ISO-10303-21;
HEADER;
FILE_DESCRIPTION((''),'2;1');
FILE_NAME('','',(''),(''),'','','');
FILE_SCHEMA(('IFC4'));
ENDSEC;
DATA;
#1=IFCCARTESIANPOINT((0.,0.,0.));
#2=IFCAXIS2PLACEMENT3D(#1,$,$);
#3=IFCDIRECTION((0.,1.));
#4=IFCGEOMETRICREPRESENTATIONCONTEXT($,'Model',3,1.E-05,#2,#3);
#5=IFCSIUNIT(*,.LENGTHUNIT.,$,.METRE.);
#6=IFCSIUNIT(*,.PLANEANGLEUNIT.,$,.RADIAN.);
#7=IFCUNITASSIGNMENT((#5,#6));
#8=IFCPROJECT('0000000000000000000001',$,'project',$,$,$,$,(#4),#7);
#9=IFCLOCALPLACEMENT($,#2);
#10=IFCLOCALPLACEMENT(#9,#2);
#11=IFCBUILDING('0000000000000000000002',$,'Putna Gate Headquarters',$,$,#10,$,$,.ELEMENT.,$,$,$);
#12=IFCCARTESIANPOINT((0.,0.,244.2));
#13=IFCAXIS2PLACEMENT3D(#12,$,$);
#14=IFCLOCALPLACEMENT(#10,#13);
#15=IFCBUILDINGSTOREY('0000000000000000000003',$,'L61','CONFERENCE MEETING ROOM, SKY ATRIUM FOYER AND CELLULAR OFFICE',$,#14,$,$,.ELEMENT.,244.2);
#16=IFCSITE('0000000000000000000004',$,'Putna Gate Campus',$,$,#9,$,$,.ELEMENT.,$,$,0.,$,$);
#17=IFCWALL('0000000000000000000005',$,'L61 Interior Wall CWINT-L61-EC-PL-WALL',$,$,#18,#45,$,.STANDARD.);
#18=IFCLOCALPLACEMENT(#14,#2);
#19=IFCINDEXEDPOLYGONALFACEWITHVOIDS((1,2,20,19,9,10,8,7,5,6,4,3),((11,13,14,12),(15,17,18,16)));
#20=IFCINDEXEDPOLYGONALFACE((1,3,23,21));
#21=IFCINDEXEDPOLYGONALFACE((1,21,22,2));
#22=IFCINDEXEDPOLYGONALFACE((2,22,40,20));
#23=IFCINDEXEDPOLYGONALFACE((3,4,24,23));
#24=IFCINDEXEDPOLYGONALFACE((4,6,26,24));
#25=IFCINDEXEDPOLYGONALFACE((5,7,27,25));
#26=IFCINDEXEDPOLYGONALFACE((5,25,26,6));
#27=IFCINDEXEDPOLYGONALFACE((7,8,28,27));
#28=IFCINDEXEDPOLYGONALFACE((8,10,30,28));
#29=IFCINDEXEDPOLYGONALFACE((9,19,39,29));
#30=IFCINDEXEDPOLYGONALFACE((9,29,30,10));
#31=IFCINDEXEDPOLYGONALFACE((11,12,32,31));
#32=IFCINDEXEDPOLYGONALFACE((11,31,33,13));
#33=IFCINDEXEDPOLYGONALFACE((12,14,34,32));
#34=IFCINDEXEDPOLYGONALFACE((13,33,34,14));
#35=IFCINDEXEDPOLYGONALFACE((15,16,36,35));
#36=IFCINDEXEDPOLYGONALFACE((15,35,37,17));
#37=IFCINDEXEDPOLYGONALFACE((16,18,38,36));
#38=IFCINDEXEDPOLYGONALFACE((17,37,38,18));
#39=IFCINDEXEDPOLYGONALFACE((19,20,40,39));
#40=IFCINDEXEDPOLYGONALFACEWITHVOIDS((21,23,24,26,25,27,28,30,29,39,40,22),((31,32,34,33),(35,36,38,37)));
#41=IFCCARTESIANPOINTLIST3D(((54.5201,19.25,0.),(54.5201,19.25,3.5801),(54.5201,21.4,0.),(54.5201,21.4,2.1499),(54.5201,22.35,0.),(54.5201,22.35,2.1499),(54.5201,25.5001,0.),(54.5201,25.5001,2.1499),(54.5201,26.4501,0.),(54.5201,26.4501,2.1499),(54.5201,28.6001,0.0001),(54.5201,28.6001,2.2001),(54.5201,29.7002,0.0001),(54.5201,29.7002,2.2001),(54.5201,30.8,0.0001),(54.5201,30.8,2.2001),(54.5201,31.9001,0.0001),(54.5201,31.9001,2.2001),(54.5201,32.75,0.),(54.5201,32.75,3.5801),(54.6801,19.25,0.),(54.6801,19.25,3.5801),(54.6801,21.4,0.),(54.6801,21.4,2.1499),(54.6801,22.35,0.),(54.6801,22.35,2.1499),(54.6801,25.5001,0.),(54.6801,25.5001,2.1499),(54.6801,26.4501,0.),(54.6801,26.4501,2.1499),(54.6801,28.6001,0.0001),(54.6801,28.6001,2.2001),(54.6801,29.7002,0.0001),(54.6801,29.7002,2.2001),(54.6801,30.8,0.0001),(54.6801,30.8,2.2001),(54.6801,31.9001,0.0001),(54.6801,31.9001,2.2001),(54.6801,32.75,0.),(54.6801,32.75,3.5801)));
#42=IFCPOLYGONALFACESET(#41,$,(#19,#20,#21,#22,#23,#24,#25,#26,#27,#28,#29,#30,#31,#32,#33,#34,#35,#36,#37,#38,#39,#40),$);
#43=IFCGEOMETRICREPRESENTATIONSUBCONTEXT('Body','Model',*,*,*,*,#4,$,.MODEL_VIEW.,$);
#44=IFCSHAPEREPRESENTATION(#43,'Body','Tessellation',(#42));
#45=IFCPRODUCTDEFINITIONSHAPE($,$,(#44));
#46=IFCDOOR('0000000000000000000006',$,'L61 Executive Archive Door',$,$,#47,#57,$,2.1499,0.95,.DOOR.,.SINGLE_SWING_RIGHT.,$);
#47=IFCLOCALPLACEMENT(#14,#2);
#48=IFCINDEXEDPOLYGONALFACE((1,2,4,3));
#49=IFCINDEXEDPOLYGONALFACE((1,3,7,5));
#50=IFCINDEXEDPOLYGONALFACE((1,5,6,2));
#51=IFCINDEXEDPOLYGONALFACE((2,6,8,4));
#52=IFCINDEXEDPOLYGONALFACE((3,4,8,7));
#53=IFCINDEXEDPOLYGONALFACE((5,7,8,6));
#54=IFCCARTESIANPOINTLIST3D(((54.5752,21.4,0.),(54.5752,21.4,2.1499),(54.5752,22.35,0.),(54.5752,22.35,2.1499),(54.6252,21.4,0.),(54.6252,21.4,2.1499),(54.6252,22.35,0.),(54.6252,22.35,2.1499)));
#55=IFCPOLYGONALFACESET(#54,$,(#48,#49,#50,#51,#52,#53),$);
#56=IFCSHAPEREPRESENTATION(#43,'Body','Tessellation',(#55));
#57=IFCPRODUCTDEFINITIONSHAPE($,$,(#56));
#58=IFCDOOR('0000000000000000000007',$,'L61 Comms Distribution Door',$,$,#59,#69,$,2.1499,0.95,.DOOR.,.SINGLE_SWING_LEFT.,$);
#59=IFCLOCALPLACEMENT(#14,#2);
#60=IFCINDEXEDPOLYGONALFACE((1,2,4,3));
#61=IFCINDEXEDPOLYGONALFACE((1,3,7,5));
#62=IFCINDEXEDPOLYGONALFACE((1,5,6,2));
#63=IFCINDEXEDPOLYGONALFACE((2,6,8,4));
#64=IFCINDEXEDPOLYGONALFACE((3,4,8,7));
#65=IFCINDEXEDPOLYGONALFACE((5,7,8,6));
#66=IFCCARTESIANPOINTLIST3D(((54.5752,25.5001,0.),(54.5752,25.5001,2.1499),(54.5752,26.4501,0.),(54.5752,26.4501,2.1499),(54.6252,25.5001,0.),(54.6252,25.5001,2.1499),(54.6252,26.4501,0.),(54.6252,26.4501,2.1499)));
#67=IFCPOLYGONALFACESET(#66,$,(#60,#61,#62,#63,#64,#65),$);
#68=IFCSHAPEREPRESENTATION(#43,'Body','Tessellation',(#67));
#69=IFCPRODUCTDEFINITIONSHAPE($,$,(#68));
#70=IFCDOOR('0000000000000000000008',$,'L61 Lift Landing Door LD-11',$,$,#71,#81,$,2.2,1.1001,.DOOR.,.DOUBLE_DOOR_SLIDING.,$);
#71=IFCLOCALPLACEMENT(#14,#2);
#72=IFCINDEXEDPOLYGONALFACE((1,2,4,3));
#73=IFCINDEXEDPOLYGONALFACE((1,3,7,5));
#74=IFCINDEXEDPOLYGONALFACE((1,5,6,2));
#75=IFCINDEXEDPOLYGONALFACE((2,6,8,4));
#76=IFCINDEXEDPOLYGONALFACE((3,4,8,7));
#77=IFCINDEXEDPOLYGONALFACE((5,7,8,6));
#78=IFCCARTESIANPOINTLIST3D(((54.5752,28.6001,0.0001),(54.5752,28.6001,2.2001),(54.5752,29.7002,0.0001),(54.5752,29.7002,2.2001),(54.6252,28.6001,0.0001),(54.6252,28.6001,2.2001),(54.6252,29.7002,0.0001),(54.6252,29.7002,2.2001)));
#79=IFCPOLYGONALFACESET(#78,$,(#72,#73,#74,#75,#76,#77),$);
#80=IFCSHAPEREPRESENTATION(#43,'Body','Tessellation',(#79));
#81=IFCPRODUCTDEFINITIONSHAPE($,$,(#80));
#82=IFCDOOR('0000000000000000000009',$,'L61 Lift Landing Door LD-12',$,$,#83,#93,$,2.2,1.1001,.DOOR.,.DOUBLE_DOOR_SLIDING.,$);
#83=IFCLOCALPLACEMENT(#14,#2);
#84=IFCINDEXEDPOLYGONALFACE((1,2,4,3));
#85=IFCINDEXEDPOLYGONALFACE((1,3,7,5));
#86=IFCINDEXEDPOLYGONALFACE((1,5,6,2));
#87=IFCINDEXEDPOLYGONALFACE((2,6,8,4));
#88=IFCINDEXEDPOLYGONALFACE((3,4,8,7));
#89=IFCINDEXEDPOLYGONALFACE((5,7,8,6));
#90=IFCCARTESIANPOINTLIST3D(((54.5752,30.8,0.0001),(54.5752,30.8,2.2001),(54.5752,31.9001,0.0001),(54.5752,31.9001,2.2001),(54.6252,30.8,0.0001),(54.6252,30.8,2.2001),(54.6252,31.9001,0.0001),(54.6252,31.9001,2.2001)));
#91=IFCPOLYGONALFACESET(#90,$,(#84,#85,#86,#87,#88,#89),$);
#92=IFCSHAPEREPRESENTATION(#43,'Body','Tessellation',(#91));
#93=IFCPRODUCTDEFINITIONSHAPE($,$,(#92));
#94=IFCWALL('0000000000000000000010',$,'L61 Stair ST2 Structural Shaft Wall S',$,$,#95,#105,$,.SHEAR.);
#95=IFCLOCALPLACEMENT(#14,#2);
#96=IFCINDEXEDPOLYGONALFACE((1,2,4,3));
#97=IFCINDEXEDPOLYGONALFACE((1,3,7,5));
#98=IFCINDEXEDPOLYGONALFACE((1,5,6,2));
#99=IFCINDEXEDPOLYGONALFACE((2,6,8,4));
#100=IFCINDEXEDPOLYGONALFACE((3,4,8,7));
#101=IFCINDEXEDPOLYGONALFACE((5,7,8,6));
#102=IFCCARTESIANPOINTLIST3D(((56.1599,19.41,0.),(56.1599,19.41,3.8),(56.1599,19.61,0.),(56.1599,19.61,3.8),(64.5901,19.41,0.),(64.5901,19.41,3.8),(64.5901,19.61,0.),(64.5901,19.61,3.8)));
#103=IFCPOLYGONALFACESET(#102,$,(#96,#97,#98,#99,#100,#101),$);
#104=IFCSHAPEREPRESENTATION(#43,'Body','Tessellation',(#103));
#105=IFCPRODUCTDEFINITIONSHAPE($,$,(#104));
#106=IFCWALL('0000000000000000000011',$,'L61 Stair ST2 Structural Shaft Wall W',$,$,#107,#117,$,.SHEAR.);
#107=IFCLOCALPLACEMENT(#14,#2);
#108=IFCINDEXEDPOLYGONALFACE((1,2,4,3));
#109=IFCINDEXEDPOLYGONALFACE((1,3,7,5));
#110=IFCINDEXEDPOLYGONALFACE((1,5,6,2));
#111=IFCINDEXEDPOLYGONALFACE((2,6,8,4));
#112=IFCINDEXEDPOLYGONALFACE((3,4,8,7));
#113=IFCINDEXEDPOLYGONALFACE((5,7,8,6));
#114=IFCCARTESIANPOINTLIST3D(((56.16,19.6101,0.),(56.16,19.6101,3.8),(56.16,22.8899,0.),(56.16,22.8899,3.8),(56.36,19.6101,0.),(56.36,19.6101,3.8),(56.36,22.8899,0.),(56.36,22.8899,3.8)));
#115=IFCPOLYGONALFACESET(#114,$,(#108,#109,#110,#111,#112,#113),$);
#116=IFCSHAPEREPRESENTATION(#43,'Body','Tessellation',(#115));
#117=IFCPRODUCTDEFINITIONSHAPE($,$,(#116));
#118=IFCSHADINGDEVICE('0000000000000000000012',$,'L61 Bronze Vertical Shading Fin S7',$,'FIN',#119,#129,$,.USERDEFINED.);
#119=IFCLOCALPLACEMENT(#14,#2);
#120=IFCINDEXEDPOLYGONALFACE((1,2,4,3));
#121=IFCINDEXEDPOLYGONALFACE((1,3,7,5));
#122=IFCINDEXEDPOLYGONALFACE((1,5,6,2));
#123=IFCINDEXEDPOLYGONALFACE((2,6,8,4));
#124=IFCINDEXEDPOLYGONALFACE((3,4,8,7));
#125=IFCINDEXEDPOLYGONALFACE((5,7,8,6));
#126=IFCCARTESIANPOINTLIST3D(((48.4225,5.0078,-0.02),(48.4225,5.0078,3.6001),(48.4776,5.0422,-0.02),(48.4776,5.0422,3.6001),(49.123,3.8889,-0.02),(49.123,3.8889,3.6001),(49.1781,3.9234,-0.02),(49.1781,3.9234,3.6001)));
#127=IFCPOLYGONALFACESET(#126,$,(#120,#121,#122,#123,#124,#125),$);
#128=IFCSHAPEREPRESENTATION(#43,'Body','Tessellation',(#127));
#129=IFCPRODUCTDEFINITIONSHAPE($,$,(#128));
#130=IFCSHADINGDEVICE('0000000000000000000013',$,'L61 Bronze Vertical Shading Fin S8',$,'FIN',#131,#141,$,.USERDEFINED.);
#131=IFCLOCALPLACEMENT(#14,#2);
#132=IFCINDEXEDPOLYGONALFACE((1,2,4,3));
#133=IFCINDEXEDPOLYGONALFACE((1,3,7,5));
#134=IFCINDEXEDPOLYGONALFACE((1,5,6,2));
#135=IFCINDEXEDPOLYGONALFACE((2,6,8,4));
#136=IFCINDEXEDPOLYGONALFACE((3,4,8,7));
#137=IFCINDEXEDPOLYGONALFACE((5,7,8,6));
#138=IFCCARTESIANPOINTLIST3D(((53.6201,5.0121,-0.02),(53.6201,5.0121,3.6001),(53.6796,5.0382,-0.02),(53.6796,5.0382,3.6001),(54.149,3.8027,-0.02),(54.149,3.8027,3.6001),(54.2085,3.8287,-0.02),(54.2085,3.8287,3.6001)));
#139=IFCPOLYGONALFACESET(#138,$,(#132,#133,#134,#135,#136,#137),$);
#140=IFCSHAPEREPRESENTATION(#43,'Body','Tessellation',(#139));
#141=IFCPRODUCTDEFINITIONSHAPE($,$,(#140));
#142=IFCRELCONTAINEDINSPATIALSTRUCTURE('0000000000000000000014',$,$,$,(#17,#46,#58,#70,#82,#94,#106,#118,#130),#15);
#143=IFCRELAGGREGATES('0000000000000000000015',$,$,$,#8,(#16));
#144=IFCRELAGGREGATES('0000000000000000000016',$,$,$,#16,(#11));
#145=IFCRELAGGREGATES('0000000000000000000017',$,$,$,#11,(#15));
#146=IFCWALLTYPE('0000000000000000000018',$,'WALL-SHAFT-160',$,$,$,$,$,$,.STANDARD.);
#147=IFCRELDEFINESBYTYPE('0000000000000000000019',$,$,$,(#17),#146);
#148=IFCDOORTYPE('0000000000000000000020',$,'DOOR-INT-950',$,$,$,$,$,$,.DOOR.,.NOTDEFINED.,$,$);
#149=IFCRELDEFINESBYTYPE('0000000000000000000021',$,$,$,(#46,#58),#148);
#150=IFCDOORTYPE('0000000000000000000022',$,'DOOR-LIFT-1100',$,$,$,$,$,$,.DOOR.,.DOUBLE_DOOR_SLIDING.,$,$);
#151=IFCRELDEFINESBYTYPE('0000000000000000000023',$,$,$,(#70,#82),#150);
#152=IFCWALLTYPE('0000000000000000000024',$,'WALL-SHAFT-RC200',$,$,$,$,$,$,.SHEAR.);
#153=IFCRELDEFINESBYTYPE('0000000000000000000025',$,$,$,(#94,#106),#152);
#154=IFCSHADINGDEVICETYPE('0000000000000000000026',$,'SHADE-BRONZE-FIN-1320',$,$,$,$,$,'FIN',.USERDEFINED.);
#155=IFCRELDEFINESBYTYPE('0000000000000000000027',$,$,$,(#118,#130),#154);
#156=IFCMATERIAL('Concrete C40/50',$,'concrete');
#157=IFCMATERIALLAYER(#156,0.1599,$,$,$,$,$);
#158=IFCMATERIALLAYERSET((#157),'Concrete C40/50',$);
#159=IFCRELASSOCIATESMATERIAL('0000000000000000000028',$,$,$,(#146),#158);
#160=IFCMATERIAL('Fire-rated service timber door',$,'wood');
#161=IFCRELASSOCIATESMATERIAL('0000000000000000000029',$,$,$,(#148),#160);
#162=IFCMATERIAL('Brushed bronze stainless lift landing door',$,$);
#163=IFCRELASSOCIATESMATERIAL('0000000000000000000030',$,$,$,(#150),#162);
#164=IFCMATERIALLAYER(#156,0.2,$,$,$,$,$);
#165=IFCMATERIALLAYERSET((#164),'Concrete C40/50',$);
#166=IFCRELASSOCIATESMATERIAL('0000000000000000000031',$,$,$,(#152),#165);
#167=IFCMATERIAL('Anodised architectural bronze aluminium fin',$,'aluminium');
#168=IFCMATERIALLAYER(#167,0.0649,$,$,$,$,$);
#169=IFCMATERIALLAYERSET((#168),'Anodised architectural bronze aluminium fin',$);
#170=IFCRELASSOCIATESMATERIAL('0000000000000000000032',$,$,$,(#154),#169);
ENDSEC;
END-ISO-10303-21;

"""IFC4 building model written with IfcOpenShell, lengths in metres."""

from ifc_helpers import new_model, si_unit, direction, frame, frame_2d, origin, origin_2d, place, context, subcontext, project, spatial, rectangle, extrude, material, layer, layer_set, type_object, element, fill, save


model = new_model("IFC4")

# Units and contexts
model_context = context("Model", 3, precision=1e-05, world=origin(), true_north=direction((0.0, 1.0)))
body_context = subcontext(model_context, "Body", "Model", "MODEL_VIEW")
ifc_project = project(units=[si_unit("LENGTHUNIT", "METRE"), si_unit("PLANEANGLEUNIT", "RADIAN")], contexts=[model_context])

# Site, building, storey
site_placement = place(None, origin())
site = spatial("IfcSite", under=ifc_project, at=site_placement, Name="Putna Gate Campus", CompositionType="ELEMENT", RefElevation=0.0)
building_placement = place(site_placement, origin())
building = spatial("IfcBuilding", under=site, at=building_placement, Name="Putna Gate Headquarters", CompositionType="ELEMENT")
storey_placement = place(building_placement, frame((0.0, 0.0, 244.2)))
storey = spatial("IfcBuildingStorey", under=building, at=storey_placement, Name="L61", Description="CONFERENCE MEETING ROOM, SKY ATRIUM FOYER AND CELLULAR OFFICE", CompositionType="ELEMENT", Elevation=244.2)

# Wall, openings, doors
ifc_material_1 = material(Name="Concrete C40/50", Category="concrete")
ifc_layer_1 = layer(ifc_material_1, 0.1599)
ifc_layer_set_1 = layer_set([ifc_layer_1], Name="Concrete C40/50")
wall_type_1 = type_object("IfcWallType", Name="WALL-SHAFT-160", PredefinedType="STANDARD", material=ifc_layer_set_1)
wall_1_placement = place(storey_placement, frame((54.6001, 19.25, 0.0), z_axis=(0.0, 0.0, 1.0), x_axis=(0.0, 1.0, 0.0)))
wall_1 = element("IfcWall", 1, at=wall_1_placement, inside=storey, type_object=wall_type_1, Name="L61 Interior Wall CWINT-L61-EC-PL-WALL", PredefinedType="STANDARD", context=body_context, shape_type="SweptSolid", body=[
    extrude(rectangle(XDim=13.5, YDim=0.1599, at=frame_2d((6.75, 0.0))), origin(), (0.0, 0.0, 1.0), 3.5801),
])
opening_1_placement = place(wall_1_placement, frame((2.1499, 0.0, 0.0)))
opening_1 = element("IfcOpeningElement", 2, at=opening_1_placement, cuts=wall_1, PredefinedType="OPENING", context=body_context, shape_type="SweptSolid", body=[
    extrude(rectangle(XDim=0.95, YDim=2.1499, at=frame_2d((0.4751, 1.075))), frame((0.0, 0.0898, 0.0), z_axis=(0.0, -1.0, 0.0), x_axis=(1.0, 0.0, 0.0)), (0.0, 0.0, 1.0), 0.1799),
])
opening_2_placement = place(wall_1_placement, frame((6.25, 0.0, 0.0)))
opening_2 = element("IfcOpeningElement", 3, at=opening_2_placement, cuts=wall_1, PredefinedType="OPENING", context=body_context, shape_type="SweptSolid", body=[
    extrude(rectangle(XDim=0.95, YDim=2.1499, at=frame_2d((0.4751, 1.075))), frame((0.0, 0.0898, 0.0), z_axis=(0.0, -1.0, 0.0), x_axis=(1.0, 0.0, 0.0)), (0.0, 0.0, 1.0), 0.1799),
])
opening_3_placement = place(wall_1_placement, frame((9.3501, 0.0, 0.0)))
opening_3 = element("IfcOpeningElement", 4, at=opening_3_placement, cuts=wall_1, PredefinedType="OPENING", context=body_context, shape_type="SweptSolid", body=[
    extrude(rectangle(XDim=1.1001, YDim=2.2, at=frame_2d((0.55, 1.1001))), frame((0.0, 0.0898, 0.0), z_axis=(0.0, -1.0, 0.0), x_axis=(1.0, 0.0, 0.0)), (0.0, 0.0, 1.0), 0.1799),
])
opening_4_placement = place(wall_1_placement, frame((11.55, 0.0, 0.0)))
opening_4 = element("IfcOpeningElement", 5, at=opening_4_placement, cuts=wall_1, PredefinedType="OPENING", context=body_context, shape_type="SweptSolid", body=[
    extrude(rectangle(XDim=1.1001, YDim=2.2, at=frame_2d((0.55, 1.1001))), frame((0.0, 0.0898, 0.0), z_axis=(0.0, -1.0, 0.0), x_axis=(1.0, 0.0, 0.0)), (0.0, 0.0, 1.0), 0.1799),
])
ifc_material_2 = material(Name="Fire-rated service timber door", Category="wood")
door_type_1 = type_object("IfcDoorType", Name="DOOR-INT-950", OperationType="NOTDEFINED", PredefinedType="DOOR", material=ifc_material_2)
door_1_placement = place(opening_1_placement, origin())
door_1 = element("IfcDoor", 6, at=door_1_placement, inside=storey, type_object=door_type_1, Name="L61 Executive Archive Door", OperationType="SINGLE_SWING_RIGHT", OverallHeight=2.1499, OverallWidth=0.95, PredefinedType="DOOR", context=body_context, shape_type="SweptSolid", body=[
    extrude(rectangle(XDim=0.95, YDim=2.1499, at=frame_2d((0.4751, 1.075))), frame((0.0, 0.0249, 0.0), z_axis=(0.0, -1.0, 0.0), x_axis=(1.0, 0.0, 0.0)), (0.0, 0.0, 1.0), 0.05),
])
fill(opening_1, door_1)
door_2_placement = place(opening_2_placement, origin())
door_2 = element("IfcDoor", 7, at=door_2_placement, inside=storey, type_object=door_type_1, Name="L61 Comms Distribution Door", OperationType="SINGLE_SWING_LEFT", OverallHeight=2.1499, OverallWidth=0.95, PredefinedType="DOOR", context=body_context, shape_type="SweptSolid", body=[
    extrude(rectangle(XDim=0.95, YDim=2.1499, at=frame_2d((0.4751, 1.075))), frame((0.0, 0.0249, 0.0), z_axis=(0.0, -1.0, 0.0), x_axis=(1.0, 0.0, 0.0)), (0.0, 0.0, 1.0), 0.05),
])
fill(opening_2, door_2)
ifc_material_3 = material(Name="Brushed bronze stainless lift landing door")
door_type_2 = type_object("IfcDoorType", Name="DOOR-LIFT-1100", OperationType="DOUBLE_DOOR_SLIDING", PredefinedType="DOOR", material=ifc_material_3)
door_3_placement = place(opening_3_placement, origin())
door_3 = element("IfcDoor", 8, at=door_3_placement, inside=storey, type_object=door_type_2, Name="L61 Lift Landing Door LD-11", OperationType="DOUBLE_DOOR_SLIDING", OverallHeight=2.2, OverallWidth=1.1001, PredefinedType="DOOR", context=body_context, shape_type="SweptSolid", body=[
    extrude(rectangle(XDim=1.1001, YDim=2.2, at=frame_2d((0.55, 1.1001))), frame((0.0, 0.0249, 0.0), z_axis=(0.0, -1.0, 0.0), x_axis=(1.0, 0.0, 0.0)), (0.0, 0.0, 1.0), 0.05),
])
fill(opening_3, door_3)
door_4_placement = place(opening_4_placement, origin())
door_4 = element("IfcDoor", 9, at=door_4_placement, inside=storey, type_object=door_type_2, Name="L61 Lift Landing Door LD-12", OperationType="DOUBLE_DOOR_SLIDING", OverallHeight=2.2, OverallWidth=1.1001, PredefinedType="DOOR", context=body_context, shape_type="SweptSolid", body=[
    extrude(rectangle(XDim=1.1001, YDim=2.2, at=frame_2d((0.55, 1.1001))), frame((0.0, 0.0249, 0.0), z_axis=(0.0, -1.0, 0.0), x_axis=(1.0, 0.0, 0.0)), (0.0, 0.0, 1.0), 0.05),
])
fill(opening_4, door_4)

# Walls
ifc_layer_2 = layer(ifc_material_1, 0.2)
ifc_layer_set_2 = layer_set([ifc_layer_2], Name="Concrete C40/50")
wall_type_2 = type_object("IfcWallType", Name="WALL-SHAFT-RC200", PredefinedType="SHEAR", material=ifc_layer_set_2)
wall_2_placement = place(storey_placement, frame((56.1599, 19.51, 0.0), z_axis=(0.0, 0.0, 1.0), x_axis=(1.0, 0.0, 0.0)))
element("IfcWall", 10, at=wall_2_placement, inside=storey, type_object=wall_type_2, Name="L61 Stair ST2 Structural Shaft Wall S", PredefinedType="SHEAR", context=body_context, shape_type="SweptSolid", body=[
    extrude(rectangle(XDim=8.4302, YDim=0.2, at=frame_2d((4.2151, 0.0))), origin(), (0.0, 0.0, 1.0), 3.8),
])
wall_3_placement = place(storey_placement, frame((56.26, 19.6101, 0.0), z_axis=(0.0, 0.0, 1.0), x_axis=(0.0, 1.0, 0.0)))
element("IfcWall", 11, at=wall_3_placement, inside=storey, type_object=wall_type_2, Name="L61 Stair ST2 Structural Shaft Wall W", PredefinedType="SHEAR", context=body_context, shape_type="SweptSolid", body=[
    extrude(rectangle(XDim=3.2798, YDim=0.2, at=frame_2d((1.6399, 0.0))), origin(), (0.0, 0.0, 1.0), 3.8),
])

# Shading devices
ifc_material_4 = material(Name="Anodised architectural bronze aluminium fin", Category="aluminium")
ifc_layer_3 = layer(ifc_material_4, 0.0649)
ifc_layer_set_3 = layer_set([ifc_layer_3], Name="Anodised architectural bronze aluminium fin")
shading_device_type = type_object("IfcShadingDeviceType", Name="SHADE-BRONZE-FIN-1320", ElementType="FIN", PredefinedType="USERDEFINED", material=ifc_layer_set_3)
for number, where, z_axis, x_axis, name in (
    (12, (48.8003, 4.4656, -0.02), (0.0, 0.0, 1.0), (0.530659, -0.847585, 0.0), "L61 Bronze Vertical Shading Fin S7"),
    (13, (53.9143, 4.4204, -0.02), (0.0, 0.0, 1.0), (0.400669, -0.916223, 0.0), "L61 Bronze Vertical Shading Fin S8"),
):
    element("IfcShadingDevice", number, at=place(storey_placement, frame(where, z_axis=z_axis, x_axis=x_axis)), inside=storey, type_object=shading_device_type, Name=name, ObjectType="FIN", PredefinedType="USERDEFINED", context=body_context, shape_type="SweptSolid", body=[
        extrude(rectangle(XDim=1.3201, YDim=0.0649, at=origin_2d()), origin(), (0.0, 0.0, 1.0), 3.6201),
    ])

save(model, "model.ifc")
